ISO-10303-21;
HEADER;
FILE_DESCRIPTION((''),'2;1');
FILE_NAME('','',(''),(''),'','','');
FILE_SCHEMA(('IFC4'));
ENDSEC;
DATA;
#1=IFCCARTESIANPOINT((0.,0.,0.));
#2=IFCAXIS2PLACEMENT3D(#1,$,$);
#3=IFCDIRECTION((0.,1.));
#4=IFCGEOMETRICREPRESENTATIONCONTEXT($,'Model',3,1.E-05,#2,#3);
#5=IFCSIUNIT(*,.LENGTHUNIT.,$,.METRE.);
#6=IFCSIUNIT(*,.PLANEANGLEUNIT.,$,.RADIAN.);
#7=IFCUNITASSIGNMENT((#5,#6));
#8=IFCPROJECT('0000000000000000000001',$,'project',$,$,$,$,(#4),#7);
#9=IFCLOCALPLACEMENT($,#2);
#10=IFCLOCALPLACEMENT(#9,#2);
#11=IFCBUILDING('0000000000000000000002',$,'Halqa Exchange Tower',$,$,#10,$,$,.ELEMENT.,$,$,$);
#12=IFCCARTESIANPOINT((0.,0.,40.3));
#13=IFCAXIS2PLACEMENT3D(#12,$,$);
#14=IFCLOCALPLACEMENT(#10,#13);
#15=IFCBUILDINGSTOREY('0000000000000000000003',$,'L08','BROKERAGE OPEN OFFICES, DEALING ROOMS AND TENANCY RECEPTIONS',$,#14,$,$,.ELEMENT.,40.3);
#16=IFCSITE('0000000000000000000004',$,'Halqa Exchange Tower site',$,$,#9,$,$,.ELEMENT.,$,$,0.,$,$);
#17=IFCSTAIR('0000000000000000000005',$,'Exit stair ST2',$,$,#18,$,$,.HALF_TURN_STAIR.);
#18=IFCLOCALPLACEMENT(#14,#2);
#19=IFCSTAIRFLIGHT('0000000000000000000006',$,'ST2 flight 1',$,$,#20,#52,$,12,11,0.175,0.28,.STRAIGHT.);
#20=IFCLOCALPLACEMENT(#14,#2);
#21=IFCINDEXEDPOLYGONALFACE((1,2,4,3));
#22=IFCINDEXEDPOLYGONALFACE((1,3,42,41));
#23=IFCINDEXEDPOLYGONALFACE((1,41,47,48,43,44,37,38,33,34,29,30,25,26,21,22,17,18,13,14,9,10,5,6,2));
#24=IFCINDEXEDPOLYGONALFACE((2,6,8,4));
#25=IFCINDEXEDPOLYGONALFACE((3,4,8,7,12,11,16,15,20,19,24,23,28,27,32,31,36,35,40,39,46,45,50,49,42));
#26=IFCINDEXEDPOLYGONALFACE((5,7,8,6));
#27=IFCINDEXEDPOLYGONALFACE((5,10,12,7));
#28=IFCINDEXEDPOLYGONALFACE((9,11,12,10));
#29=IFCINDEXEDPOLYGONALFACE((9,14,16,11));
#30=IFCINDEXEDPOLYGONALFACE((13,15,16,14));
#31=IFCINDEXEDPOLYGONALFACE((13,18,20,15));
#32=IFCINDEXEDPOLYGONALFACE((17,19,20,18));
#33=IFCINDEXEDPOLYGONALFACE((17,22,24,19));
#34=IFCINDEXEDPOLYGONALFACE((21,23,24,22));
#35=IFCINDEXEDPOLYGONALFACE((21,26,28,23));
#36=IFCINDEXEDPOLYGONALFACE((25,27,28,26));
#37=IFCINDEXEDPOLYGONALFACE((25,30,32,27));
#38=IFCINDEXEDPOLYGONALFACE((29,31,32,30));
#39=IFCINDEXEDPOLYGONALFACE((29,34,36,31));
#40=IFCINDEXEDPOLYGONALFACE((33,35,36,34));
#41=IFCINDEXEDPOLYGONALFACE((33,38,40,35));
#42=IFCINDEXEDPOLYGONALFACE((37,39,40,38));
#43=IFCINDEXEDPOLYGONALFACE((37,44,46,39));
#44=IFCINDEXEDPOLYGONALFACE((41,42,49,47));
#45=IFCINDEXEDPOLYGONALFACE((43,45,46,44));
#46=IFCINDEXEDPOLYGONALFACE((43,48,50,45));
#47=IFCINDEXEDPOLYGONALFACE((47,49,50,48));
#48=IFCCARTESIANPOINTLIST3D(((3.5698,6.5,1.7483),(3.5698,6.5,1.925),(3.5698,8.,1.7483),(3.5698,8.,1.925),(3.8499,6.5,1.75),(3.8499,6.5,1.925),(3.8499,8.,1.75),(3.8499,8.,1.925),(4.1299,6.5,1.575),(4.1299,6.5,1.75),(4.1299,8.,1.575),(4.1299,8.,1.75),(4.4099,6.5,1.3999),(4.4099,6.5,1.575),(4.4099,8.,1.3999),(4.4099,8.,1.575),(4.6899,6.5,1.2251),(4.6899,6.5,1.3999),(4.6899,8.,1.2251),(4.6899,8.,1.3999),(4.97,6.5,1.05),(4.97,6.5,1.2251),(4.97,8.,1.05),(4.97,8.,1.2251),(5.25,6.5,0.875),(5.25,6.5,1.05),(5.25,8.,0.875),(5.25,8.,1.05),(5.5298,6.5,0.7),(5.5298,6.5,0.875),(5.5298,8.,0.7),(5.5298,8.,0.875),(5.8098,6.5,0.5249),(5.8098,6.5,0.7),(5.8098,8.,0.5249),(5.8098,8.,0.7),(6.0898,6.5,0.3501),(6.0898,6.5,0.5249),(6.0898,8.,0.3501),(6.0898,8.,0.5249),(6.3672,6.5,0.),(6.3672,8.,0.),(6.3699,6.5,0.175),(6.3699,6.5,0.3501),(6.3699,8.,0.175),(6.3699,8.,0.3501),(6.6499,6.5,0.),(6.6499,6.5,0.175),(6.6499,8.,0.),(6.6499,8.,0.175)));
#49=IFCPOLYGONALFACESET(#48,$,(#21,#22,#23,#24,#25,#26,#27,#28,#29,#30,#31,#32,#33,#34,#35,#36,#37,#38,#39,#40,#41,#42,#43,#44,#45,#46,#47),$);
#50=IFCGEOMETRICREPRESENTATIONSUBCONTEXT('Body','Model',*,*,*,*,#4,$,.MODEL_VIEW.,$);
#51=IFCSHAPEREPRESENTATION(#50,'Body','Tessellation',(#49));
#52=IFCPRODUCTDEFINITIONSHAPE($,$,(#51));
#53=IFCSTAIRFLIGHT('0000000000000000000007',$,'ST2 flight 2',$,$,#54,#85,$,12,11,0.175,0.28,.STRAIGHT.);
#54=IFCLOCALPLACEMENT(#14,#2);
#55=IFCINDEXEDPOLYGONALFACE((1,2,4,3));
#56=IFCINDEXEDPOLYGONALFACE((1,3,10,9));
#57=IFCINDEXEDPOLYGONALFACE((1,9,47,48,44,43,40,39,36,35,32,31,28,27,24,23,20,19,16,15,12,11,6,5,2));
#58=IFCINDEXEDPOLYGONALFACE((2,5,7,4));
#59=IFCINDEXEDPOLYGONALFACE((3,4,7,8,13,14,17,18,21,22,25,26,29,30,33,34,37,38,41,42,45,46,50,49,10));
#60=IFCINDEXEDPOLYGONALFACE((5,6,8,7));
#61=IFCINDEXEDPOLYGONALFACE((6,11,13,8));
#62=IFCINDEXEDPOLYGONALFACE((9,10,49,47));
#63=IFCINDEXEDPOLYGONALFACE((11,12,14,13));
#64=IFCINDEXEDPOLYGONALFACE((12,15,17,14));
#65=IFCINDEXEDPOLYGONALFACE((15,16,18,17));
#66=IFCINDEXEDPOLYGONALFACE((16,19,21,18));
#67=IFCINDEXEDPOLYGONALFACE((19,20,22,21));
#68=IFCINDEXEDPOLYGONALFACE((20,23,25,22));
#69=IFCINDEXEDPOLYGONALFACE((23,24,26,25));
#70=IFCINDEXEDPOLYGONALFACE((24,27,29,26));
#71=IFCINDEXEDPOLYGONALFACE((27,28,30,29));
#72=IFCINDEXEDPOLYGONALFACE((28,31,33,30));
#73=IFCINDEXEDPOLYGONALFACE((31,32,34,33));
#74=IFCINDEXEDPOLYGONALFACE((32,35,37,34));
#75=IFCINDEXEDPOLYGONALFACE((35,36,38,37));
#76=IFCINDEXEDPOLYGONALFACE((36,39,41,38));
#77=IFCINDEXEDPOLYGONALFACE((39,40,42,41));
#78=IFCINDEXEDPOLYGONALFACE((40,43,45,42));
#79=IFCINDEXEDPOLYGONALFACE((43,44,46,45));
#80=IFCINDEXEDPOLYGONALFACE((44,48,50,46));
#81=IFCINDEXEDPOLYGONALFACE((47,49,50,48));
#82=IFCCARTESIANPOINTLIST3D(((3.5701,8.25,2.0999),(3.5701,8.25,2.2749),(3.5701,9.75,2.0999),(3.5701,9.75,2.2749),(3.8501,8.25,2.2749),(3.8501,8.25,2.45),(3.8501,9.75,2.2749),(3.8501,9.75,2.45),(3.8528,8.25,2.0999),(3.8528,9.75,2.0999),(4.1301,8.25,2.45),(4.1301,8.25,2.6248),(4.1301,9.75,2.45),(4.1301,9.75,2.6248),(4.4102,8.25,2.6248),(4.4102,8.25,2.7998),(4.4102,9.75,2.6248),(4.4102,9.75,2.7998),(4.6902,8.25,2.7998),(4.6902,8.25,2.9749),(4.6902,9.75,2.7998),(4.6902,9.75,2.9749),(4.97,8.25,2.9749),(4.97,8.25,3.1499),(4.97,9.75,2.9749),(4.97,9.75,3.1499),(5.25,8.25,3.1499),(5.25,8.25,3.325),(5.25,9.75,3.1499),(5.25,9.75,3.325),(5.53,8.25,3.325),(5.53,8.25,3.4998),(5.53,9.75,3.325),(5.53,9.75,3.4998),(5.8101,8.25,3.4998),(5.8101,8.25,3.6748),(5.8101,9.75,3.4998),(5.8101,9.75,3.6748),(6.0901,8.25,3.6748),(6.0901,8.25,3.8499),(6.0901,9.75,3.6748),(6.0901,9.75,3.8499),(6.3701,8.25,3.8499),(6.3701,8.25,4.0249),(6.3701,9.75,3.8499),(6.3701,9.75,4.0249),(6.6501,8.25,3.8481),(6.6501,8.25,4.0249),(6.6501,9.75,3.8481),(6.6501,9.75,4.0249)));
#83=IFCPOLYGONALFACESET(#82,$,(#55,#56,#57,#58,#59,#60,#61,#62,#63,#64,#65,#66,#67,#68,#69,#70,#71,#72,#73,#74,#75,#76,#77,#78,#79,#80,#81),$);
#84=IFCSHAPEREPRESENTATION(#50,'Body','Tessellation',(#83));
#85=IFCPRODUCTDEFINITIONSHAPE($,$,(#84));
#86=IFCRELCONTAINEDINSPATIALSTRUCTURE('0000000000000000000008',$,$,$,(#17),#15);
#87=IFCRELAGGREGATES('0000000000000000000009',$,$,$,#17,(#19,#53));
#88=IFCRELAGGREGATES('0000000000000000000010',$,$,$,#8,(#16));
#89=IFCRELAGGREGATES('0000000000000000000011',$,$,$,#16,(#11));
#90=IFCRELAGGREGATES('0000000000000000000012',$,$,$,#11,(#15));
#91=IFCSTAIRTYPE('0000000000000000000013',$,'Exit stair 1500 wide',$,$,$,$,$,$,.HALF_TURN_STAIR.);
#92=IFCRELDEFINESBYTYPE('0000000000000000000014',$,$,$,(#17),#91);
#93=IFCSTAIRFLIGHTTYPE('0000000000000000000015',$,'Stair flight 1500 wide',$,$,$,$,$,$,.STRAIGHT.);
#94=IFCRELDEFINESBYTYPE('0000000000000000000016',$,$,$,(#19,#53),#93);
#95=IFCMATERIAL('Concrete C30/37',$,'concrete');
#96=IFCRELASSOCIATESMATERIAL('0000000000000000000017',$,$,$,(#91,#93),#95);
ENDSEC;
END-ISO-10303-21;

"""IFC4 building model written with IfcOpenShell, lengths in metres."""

from ifc_helpers import new_model, si_unit, direction, frame, origin, place, context, subcontext, project, spatial, polyline, outline, extrude, material, type_object, element, aggregate, save


model = new_model("IFC4")

# Units and contexts
model_context = context("Model", 3, precision=1e-05, world=origin(), true_north=direction((0.0, 1.0)))
body_context = subcontext(model_context, "Body", "Model", "MODEL_VIEW")
ifc_project = project(units=[si_unit("LENGTHUNIT", "METRE"), si_unit("PLANEANGLEUNIT", "RADIAN")], contexts=[model_context])

# Site, building, storey
site_placement = place(None, origin())
site = spatial("IfcSite", under=ifc_project, at=site_placement, Name="Halqa Exchange Tower site", CompositionType="ELEMENT", RefElevation=0.0)
building_placement = place(site_placement, origin())
building = spatial("IfcBuilding", under=site, at=building_placement, Name="Halqa Exchange Tower", CompositionType="ELEMENT")
storey_placement = place(building_placement, frame((0.0, 0.0, 40.3)))
storey = spatial("IfcBuildingStorey", under=building, at=storey_placement, Name="L08", Description="BROKERAGE OPEN OFFICES, DEALING ROOMS AND TENANCY RECEPTIONS", CompositionType="ELEMENT", Elevation=40.3)

# Stair
ifc_material_1 = material(Name="Concrete C30/37", Category="concrete")
stair_type = type_object("IfcStairType", Name="Exit stair 1500 wide", PredefinedType="HALF_TURN_STAIR", material=ifc_material_1)
stair_1_placement = place(storey_placement, origin())
stair_1 = element("IfcStair", 1, at=stair_1_placement, inside=storey, type_object=stair_type, Name="Exit stair ST2", PredefinedType="HALF_TURN_STAIR")

# Stair flights
stair_flight_type = type_object("IfcStairFlightType", Name="Stair flight 1500 wide", PredefinedType="STRAIGHT", material=ifc_material_1)
stair_flight_1_placement = place(storey_placement, frame((6.6499, 7.25, 0.0), z_axis=(0.0, 0.0, 1.0), x_axis=(-1.0, 0.0, 0.0)))
stair_flight_1 = element("IfcStairFlight", 2, at=stair_flight_1_placement, type_object=stair_flight_type, Name="ST2 flight 1", NumberOfRisers=12, NumberOfTreads=11, PredefinedType="STRAIGHT", RiserHeight=0.175, TreadLength=0.28, context=body_context, shape_type="SweptSolid", body=[
    extrude(outline(polyline([(0.0, 0.0), (0.0, 0.175), (0.28, 0.175), (0.28, 0.3501), (0.5601, 0.3501), (0.5601, 0.5249), (0.8401, 0.5249), (0.8401, 0.7), (1.1201, 0.7), (1.1201, 0.875), (1.3999, 0.875), (1.3999, 1.05), (1.6799, 1.05), (1.6799, 1.2251), (1.96, 1.2251), (1.96, 1.3999), (2.24, 1.3999), (2.24, 1.575), (2.52, 1.575), (2.52, 1.75), (2.8, 1.75), (2.8, 1.925), (3.0801, 1.925), (3.0801, 2.1001), (3.0801, 1.7483), (0.2827, 0.0), (0.0, 0.0)])), frame((0.0, 0.75, 0.0), z_axis=(0.0, -1.0, 0.0), x_axis=(1.0, 0.0, 0.0)), (0.0, 0.0, 1.0), 1.5),
])
stair_flight_2_placement = place(storey_placement, frame((3.5701, 9.0, 2.0999), z_axis=(0.0, 0.0, 1.0), x_axis=(1.0, 0.0, 0.0)))
stair_flight_2 = element("IfcStairFlight", 3, at=stair_flight_2_placement, type_object=stair_flight_type, Name="ST2 flight 2", NumberOfRisers=12, NumberOfTreads=11, PredefinedType="STRAIGHT", RiserHeight=0.175, TreadLength=0.28, context=body_context, shape_type="SweptSolid", body=[
    extrude(outline(polyline([(0.0, 0.0), (0.0, 0.175), (0.28, 0.175), (0.28, 0.3501), (0.5601, 0.3501), (0.5601, 0.5249), (0.8401, 0.5249), (0.8401, 0.7), (1.1201, 0.7), (1.1201, 0.875), (1.3999, 0.875), (1.3999, 1.05), (1.6799, 1.05), (1.6799, 1.2251), (1.96, 1.2251), (1.96, 1.3999), (2.24, 1.3999), (2.24, 1.575), (2.52, 1.575), (2.52, 1.75), (2.8, 1.75), (2.8, 1.925), (3.0801, 1.925), (3.0801, 2.1001), (3.0801, 1.7483), (0.2827, 0.0), (0.0, 0.0)])), frame((0.0, 0.75, 0.0), z_axis=(0.0, -1.0, 0.0), x_axis=(1.0, 0.0, 0.0)), (0.0, 0.0, 1.0), 1.5),
])
aggregate(stair_1, [stair_flight_1, stair_flight_2])

save(model, "model.ifc")
